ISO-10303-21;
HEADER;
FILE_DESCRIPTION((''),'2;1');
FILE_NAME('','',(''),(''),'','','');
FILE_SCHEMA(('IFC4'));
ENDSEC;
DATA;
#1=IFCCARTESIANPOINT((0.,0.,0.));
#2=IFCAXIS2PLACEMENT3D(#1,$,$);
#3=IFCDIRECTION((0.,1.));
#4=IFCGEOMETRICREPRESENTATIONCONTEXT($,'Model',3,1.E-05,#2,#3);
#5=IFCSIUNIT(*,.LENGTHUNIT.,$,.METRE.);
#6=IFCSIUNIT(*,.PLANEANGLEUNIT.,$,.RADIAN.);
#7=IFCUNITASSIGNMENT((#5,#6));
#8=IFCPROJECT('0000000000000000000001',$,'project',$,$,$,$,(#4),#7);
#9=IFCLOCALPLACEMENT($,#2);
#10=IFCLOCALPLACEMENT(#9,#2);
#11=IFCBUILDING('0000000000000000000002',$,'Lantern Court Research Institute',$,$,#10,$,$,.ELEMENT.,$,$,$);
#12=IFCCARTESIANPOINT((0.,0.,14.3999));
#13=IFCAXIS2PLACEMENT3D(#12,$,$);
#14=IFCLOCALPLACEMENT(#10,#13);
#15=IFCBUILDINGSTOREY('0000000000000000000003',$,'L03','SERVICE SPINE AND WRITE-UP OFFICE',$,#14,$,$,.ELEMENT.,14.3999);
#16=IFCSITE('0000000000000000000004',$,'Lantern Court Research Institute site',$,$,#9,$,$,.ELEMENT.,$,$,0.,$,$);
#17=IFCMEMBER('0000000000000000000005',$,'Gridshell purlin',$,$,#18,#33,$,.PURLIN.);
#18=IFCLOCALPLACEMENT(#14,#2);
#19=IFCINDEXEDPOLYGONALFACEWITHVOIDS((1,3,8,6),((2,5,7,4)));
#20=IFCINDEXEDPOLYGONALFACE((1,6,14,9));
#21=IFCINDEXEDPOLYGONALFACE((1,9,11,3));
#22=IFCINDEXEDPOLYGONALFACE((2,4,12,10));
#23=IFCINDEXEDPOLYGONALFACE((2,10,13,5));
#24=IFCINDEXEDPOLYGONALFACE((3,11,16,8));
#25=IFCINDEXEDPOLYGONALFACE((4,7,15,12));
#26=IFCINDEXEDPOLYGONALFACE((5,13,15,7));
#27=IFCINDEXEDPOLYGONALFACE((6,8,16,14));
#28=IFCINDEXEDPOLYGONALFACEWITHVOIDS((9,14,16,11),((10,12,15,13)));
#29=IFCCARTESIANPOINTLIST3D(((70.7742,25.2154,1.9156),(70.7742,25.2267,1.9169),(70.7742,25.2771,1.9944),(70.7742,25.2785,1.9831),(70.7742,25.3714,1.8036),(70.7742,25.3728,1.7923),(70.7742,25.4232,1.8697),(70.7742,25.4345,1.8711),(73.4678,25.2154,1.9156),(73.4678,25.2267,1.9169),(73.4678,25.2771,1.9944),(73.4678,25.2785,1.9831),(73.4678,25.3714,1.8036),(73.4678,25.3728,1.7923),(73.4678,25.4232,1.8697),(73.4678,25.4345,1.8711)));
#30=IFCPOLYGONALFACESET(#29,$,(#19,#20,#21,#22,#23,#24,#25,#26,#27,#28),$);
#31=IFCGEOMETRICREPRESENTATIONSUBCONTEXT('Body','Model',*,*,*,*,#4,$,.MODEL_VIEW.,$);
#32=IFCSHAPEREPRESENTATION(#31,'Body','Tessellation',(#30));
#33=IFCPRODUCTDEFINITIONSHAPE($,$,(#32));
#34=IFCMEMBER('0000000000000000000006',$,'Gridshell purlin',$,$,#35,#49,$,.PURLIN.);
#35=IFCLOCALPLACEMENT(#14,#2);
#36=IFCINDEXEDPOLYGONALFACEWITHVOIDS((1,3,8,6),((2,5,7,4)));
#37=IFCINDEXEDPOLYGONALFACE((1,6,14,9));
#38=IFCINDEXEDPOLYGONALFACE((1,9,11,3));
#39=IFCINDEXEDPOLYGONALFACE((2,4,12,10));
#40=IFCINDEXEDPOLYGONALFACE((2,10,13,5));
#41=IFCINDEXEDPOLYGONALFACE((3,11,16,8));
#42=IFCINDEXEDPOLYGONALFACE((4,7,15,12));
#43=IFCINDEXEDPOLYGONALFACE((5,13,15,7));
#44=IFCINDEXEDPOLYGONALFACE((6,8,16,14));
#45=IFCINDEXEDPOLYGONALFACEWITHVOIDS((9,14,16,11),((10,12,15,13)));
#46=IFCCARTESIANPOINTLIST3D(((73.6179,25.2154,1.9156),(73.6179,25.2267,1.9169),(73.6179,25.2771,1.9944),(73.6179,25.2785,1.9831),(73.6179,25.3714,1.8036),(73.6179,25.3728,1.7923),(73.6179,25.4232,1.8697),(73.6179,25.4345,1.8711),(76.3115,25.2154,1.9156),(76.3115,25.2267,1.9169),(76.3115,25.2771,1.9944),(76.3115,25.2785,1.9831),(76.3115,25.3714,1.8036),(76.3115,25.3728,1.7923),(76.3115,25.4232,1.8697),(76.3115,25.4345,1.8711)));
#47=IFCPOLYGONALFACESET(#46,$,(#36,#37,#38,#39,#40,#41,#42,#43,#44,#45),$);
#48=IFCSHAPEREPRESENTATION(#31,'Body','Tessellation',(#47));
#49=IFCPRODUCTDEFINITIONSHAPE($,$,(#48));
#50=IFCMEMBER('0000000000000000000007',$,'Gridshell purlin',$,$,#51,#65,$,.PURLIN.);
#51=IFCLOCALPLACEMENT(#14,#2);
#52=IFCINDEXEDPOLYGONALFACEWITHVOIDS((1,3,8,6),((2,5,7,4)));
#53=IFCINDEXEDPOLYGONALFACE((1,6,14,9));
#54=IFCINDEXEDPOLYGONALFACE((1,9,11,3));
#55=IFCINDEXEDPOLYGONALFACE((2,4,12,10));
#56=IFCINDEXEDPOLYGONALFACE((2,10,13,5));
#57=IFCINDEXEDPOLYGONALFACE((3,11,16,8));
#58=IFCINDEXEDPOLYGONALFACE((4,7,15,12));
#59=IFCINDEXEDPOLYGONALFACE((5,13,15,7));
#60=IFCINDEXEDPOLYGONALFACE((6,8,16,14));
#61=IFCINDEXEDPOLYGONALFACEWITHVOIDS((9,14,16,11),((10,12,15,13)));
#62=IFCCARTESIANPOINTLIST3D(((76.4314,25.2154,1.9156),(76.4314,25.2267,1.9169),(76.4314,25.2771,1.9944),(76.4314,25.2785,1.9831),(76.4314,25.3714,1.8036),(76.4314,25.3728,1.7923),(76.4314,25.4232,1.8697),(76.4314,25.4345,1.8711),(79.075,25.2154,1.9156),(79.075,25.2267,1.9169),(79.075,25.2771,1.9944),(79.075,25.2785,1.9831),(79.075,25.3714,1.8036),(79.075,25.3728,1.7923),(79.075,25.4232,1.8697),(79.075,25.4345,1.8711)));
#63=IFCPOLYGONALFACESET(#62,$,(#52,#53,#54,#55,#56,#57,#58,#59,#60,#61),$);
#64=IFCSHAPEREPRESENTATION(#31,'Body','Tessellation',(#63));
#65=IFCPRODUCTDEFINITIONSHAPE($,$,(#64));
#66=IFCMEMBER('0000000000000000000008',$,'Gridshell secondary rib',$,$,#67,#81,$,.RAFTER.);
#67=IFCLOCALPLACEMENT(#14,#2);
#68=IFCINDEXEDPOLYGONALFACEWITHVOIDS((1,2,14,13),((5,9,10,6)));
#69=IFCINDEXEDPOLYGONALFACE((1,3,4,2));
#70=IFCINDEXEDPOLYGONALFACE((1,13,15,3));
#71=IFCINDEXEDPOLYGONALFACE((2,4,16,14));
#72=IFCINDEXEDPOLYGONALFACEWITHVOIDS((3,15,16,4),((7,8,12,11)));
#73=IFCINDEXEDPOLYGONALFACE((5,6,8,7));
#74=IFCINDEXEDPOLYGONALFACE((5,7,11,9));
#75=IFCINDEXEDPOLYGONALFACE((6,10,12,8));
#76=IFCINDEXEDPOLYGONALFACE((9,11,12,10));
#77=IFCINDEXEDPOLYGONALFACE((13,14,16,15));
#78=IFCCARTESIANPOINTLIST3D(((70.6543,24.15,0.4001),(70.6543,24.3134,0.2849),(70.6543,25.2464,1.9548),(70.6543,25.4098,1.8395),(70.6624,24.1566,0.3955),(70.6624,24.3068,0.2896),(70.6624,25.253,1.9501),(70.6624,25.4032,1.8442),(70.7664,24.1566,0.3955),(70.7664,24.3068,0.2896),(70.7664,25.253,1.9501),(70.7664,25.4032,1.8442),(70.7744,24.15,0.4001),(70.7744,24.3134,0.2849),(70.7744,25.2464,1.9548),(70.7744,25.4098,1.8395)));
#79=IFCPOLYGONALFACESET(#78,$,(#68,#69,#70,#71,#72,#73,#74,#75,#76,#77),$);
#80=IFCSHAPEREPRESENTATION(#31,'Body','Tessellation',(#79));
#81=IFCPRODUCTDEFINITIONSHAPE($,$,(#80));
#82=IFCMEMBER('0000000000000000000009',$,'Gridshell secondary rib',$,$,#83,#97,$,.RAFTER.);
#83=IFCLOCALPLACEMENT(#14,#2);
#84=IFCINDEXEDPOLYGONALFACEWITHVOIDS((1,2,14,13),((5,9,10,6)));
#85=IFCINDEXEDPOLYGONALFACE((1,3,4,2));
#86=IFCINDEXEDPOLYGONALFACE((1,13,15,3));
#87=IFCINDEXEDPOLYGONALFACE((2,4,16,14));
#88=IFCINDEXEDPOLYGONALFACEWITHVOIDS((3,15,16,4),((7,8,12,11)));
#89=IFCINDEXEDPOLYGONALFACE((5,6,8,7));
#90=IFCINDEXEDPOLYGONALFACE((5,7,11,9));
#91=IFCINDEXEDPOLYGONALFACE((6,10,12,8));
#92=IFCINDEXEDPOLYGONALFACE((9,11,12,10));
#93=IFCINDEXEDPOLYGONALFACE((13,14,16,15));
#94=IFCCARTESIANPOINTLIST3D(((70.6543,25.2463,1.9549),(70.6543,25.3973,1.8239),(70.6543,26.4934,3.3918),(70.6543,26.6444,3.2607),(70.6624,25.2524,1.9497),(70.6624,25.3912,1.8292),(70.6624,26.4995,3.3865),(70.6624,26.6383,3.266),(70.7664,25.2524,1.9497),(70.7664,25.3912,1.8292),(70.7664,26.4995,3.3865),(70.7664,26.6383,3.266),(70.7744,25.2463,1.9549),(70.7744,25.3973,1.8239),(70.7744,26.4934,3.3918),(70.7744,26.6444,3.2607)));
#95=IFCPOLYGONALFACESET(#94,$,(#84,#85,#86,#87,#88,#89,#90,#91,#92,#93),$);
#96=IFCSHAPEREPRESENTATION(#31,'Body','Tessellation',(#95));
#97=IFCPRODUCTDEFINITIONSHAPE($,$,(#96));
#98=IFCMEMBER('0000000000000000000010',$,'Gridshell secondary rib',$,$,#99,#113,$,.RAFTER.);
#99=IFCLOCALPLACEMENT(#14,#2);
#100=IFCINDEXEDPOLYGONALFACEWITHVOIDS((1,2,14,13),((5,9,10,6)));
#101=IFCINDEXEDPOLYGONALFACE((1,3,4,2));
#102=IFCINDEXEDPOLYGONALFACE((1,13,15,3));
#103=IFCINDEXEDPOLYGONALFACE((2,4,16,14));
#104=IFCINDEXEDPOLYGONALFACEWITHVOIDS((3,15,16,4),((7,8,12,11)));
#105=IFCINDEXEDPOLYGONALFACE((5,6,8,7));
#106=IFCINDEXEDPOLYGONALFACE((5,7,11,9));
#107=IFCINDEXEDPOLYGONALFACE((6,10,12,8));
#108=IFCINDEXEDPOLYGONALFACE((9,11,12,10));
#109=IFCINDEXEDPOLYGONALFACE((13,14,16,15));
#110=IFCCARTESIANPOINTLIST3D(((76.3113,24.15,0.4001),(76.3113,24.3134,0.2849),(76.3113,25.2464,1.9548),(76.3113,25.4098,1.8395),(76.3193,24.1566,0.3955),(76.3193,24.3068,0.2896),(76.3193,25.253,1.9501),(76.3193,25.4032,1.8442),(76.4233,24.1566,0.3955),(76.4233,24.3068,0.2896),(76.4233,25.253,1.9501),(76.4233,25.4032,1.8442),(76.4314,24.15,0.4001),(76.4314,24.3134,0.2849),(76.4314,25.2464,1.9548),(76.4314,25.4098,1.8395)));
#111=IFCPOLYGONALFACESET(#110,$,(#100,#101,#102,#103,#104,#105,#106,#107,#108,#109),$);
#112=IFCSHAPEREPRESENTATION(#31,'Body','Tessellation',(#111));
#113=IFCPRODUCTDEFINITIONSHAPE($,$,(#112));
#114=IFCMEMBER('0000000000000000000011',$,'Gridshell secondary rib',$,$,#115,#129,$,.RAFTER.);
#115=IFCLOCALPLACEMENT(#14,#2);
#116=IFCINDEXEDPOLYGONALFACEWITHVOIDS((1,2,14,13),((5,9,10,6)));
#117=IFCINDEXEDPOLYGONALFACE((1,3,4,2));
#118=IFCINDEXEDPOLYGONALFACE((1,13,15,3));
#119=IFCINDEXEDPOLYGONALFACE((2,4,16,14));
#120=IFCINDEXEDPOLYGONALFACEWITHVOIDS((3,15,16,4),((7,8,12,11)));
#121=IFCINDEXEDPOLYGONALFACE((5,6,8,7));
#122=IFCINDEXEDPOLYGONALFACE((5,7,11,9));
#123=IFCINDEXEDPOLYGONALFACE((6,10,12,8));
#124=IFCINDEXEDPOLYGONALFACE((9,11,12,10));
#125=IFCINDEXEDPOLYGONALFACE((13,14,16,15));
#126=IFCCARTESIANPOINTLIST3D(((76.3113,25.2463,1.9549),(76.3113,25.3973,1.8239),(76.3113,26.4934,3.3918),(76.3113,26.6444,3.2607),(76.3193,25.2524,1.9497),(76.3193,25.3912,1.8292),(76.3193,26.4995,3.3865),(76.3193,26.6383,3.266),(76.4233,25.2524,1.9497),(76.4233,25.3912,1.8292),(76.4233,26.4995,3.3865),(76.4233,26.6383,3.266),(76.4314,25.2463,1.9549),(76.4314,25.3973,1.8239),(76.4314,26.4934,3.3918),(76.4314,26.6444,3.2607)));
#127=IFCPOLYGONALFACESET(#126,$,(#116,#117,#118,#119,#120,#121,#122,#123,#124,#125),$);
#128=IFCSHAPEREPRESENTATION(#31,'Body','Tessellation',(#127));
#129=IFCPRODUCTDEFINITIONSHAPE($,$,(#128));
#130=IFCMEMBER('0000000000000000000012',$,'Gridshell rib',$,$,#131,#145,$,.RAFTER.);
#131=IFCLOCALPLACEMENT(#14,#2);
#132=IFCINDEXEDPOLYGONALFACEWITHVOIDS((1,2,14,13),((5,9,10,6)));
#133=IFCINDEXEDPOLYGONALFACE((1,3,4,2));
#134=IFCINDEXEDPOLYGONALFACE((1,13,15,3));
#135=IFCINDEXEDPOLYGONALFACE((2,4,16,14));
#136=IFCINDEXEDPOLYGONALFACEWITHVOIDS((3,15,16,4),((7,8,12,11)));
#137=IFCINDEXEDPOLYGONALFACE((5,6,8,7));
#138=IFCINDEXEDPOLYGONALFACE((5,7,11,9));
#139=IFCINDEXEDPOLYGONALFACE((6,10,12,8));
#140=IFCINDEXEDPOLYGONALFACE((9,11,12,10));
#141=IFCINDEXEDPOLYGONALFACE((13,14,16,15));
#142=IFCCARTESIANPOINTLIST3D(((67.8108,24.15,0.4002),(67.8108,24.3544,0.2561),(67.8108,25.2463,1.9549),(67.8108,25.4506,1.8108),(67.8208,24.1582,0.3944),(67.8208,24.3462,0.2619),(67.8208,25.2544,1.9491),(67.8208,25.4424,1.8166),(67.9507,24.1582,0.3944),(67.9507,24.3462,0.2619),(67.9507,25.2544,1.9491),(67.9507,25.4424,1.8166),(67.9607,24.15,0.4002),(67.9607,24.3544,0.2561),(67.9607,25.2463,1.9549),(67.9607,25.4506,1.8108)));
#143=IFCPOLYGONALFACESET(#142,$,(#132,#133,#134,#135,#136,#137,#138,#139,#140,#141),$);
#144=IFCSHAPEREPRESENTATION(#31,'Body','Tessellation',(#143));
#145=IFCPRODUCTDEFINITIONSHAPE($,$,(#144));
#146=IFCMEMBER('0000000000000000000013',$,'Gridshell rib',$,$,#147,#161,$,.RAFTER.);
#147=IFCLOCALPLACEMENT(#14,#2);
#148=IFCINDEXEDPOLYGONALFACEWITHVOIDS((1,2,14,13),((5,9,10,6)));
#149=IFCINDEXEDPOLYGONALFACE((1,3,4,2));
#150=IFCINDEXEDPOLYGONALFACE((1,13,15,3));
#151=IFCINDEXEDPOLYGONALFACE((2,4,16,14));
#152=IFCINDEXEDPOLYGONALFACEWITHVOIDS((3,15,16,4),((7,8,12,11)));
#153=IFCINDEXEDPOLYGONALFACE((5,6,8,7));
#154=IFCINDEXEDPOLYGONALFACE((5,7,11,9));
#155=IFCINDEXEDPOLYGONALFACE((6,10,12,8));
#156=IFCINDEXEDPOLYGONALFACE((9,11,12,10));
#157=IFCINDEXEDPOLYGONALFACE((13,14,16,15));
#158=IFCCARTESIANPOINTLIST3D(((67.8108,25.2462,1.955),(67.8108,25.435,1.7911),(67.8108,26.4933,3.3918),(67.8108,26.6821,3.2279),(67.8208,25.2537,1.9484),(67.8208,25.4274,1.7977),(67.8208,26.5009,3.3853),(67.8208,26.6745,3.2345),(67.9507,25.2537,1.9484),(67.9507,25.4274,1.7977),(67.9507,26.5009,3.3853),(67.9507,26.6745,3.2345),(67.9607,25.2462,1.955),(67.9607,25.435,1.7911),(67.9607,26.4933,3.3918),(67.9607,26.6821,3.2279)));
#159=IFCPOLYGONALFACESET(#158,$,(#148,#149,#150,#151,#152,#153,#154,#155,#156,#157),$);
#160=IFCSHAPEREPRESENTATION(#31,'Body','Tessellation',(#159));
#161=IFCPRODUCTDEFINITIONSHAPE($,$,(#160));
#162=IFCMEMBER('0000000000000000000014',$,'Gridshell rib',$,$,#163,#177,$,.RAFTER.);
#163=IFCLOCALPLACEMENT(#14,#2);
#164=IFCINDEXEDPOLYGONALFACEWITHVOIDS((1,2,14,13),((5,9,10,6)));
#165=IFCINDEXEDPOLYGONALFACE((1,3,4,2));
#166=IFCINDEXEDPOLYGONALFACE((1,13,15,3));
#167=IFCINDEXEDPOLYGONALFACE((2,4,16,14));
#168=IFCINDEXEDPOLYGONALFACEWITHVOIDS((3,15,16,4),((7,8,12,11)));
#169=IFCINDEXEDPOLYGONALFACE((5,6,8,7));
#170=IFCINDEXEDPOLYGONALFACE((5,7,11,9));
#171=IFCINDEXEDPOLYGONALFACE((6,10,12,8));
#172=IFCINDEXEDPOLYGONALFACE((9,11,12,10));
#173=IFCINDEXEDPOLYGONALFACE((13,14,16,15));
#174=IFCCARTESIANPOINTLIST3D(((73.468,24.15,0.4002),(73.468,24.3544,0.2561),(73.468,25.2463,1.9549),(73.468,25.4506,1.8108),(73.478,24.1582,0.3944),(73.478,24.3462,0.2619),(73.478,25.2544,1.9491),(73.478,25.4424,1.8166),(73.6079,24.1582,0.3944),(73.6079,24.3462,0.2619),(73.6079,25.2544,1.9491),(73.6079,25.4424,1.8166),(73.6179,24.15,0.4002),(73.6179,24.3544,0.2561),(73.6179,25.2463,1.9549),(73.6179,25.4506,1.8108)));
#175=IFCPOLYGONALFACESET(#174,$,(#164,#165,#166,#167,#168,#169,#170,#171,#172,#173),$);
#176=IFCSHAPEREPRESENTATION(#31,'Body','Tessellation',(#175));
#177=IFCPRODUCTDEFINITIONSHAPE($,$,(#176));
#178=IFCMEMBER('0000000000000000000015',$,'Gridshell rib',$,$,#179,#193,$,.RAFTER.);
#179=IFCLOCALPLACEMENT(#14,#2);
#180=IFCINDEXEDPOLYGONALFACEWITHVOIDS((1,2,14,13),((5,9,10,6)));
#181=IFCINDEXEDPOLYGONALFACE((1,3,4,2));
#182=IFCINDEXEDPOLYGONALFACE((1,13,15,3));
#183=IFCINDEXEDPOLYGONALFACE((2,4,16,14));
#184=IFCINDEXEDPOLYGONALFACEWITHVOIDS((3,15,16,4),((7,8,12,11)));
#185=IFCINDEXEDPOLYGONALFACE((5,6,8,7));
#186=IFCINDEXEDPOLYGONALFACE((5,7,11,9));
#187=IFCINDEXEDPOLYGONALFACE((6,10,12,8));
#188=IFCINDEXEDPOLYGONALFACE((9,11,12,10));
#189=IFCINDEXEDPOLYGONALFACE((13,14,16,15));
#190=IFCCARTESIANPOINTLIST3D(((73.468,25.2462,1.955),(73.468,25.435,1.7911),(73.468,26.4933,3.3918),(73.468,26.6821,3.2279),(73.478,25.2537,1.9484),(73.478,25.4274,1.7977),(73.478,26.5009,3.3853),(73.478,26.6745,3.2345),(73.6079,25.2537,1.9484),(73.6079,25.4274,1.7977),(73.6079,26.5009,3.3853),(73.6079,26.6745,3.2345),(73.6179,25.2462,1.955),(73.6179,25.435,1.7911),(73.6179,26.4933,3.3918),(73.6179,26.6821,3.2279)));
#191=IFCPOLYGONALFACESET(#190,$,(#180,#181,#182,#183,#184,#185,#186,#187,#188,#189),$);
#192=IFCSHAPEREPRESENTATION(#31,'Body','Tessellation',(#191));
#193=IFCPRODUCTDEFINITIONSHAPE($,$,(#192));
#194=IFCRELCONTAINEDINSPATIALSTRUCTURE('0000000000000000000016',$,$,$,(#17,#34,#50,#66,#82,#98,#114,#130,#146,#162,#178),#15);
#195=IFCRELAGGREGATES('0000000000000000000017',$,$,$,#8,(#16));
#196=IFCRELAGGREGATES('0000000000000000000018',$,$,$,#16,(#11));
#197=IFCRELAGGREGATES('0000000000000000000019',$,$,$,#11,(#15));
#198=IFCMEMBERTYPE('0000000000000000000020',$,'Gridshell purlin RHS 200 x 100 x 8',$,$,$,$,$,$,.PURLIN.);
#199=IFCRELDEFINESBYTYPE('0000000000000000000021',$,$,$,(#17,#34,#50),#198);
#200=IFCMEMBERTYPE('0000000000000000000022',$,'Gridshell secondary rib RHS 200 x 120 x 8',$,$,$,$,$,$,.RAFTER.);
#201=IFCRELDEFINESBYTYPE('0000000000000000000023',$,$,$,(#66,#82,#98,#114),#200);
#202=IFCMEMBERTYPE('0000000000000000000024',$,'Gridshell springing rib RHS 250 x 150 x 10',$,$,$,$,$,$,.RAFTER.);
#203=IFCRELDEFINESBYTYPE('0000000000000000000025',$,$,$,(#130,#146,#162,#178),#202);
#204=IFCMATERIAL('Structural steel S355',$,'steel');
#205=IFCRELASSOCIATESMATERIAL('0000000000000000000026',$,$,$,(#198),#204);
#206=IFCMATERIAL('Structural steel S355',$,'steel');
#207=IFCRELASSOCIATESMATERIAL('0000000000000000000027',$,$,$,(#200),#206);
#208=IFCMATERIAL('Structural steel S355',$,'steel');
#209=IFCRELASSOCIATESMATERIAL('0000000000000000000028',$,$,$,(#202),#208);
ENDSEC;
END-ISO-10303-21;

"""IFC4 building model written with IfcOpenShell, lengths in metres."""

from ifc_helpers import new_model, si_unit, direction, frame, origin, origin_2d, place, context, subcontext, project, spatial, hollow_rectangle, extrude, material, material_profile, profile_set, type_object, element, save


model = new_model("IFC4")

# Units and contexts
model_context = context("Model", 3, precision=1e-05, world=origin(), true_north=direction((0.0, 1.0)))
body_context = subcontext(model_context, "Body", "Model", "MODEL_VIEW")
ifc_project = project(units=[si_unit("LENGTHUNIT", "METRE"), si_unit("PLANEANGLEUNIT", "RADIAN")], contexts=[model_context])

# Site, building, storey
site_placement = place(None, origin())
site = spatial("IfcSite", under=ifc_project, at=site_placement, Name="Lantern Court Research Institute site", CompositionType="ELEMENT", RefElevation=0.0)
building_placement = place(site_placement, origin())
building = spatial("IfcBuilding", under=site, at=building_placement, Name="Lantern Court Research Institute", CompositionType="ELEMENT")
storey_placement = place(building_placement, frame((0.0, 0.0, 14.3999)))
storey = spatial("IfcBuildingStorey", under=building, at=storey_placement, Name="L03", Description="SERVICE SPINE AND WRITE-UP OFFICE", CompositionType="ELEMENT", Elevation=14.3999)

# Members
ifc_material_1 = material(Name="Structural steel S355", Category="steel")
ifc_material_profile_1 = material_profile(ifc_material_1, hollow_rectangle(XDim=0.1001, YDim=0.2, WallThickness=0.0081, at=origin_2d()), Name="Gridshell purlin RHS 200 x 100 x 8")
ifc_profile_set_1 = profile_set([ifc_material_profile_1], Name="Structural steel S355")
member_type_1 = type_object("IfcMemberType", Name="Gridshell purlin RHS 200 x 100 x 8", PredefinedType="PURLIN", material=ifc_profile_set_1)
for number, where, z_axis, x_axis, name in (
    (1, (70.7742, 25.325, 1.8933), (1.0, 0.0, 0.0), (0.0, 0.616657, 0.787232), "Gridshell purlin"),
    (2, (73.6179, 25.325, 1.8933), (1.0, 0.0, 0.0), (0.0, 0.616657, 0.787232), "Gridshell purlin"),
):
    element("IfcMember", number, at=place(storey_placement, frame(where, z_axis=z_axis, x_axis=x_axis)), inside=storey, type_object=member_type_1, Name=name, PredefinedType="PURLIN", context=body_context, shape_type="SweptSolid", body=[
        extrude(hollow_rectangle(XDim=0.1001, YDim=0.2, WallThickness=0.0081, at=origin_2d()), origin(), (0.0, 0.0, 1.0), 2.6936),
    ])
member_1_placement = place(storey_placement, frame((76.4314, 25.325, 1.8933), z_axis=(1.0, 0.0, 0.0), x_axis=(0.0, 0.616657, 0.787232)))
element("IfcMember", 3, at=member_1_placement, inside=storey, type_object=member_type_1, Name="Gridshell purlin", PredefinedType="PURLIN", context=body_context, shape_type="SweptSolid", body=[
    extrude(hollow_rectangle(XDim=0.1001, YDim=0.2, WallThickness=0.0081, at=origin_2d()), origin(), (0.0, 0.0, 1.0), 2.6436),
])
ifc_material_2 = material(Name="Structural steel S355", Category="steel")
ifc_material_profile_2 = material_profile(ifc_material_2, hollow_rectangle(XDim=0.1201, YDim=0.2, WallThickness=0.0081, at=origin_2d()), Name="Gridshell secondary rib RHS 200 x 120 x 8")
ifc_profile_set_2 = profile_set([ifc_material_profile_2], Name="Structural steel S355")
member_type_2 = type_object("IfcMemberType", Name="Gridshell secondary rib RHS 200 x 120 x 8", PredefinedType="RAFTER", material=ifc_profile_set_2)
member_2_placement = place(storey_placement, frame((70.7144, 24.2317, 0.3425), z_axis=(0.0, 0.576335, 0.817213), x_axis=(-1.0, 0.0, 0.0)))
element("IfcMember", 4, at=member_2_placement, inside=storey, type_object=member_type_2, Name="Gridshell secondary rib", PredefinedType="RAFTER", context=body_context, shape_type="SweptSolid", body=[
    extrude(hollow_rectangle(XDim=0.1201, YDim=0.2, WallThickness=0.0081, at=origin_2d()), origin(), (0.0, 0.0, 1.0), 1.9023),
])
member_3_placement = place(storey_placement, frame((70.7144, 25.3218, 1.8894), z_axis=(0.0, 0.655492, 0.755202), x_axis=(-1.0, 0.0, 0.0)))
element("IfcMember", 5, at=member_3_placement, inside=storey, type_object=member_type_2, Name="Gridshell secondary rib", PredefinedType="RAFTER", context=body_context, shape_type="SweptSolid", body=[
    extrude(hollow_rectangle(XDim=0.1201, YDim=0.2, WallThickness=0.0081, at=origin_2d()), origin(), (0.0, 0.0, 1.0), 1.9026),
])
member_4_placement = place(storey_placement, frame((76.3713, 24.2317, 0.3425), z_axis=(0.0, 0.576335, 0.817213), x_axis=(-1.0, 0.0, 0.0)))
element("IfcMember", 6, at=member_4_placement, inside=storey, type_object=member_type_2, Name="Gridshell secondary rib", PredefinedType="RAFTER", context=body_context, shape_type="SweptSolid", body=[
    extrude(hollow_rectangle(XDim=0.1201, YDim=0.2, WallThickness=0.0081, at=origin_2d()), origin(), (0.0, 0.0, 1.0), 1.9023),
])
member_5_placement = place(storey_placement, frame((76.3713, 25.3218, 1.8894), z_axis=(0.0, 0.655492, 0.755202), x_axis=(-1.0, 0.0, 0.0)))
element("IfcMember", 7, at=member_5_placement, inside=storey, type_object=member_type_2, Name="Gridshell secondary rib", PredefinedType="RAFTER", context=body_context, shape_type="SweptSolid", body=[
    extrude(hollow_rectangle(XDim=0.1201, YDim=0.2, WallThickness=0.0081, at=origin_2d()), origin(), (0.0, 0.0, 1.0), 1.9026),
])
ifc_material_3 = material(Name="Structural steel S355", Category="steel")
ifc_material_profile_3 = material_profile(ifc_material_3, hollow_rectangle(XDim=0.1499, YDim=0.25, WallThickness=0.01, at=origin_2d()), Name="Gridshell springing rib RHS 250 x 150 x 10")
ifc_profile_set_3 = profile_set([ifc_material_profile_3], Name="Structural steel S355")
member_type_3 = type_object("IfcMemberType", Name="Gridshell springing rib RHS 250 x 150 x 10", PredefinedType="RAFTER", material=ifc_profile_set_3)
member_6_placement = place(storey_placement, frame((67.8857, 24.2522, 0.3281), z_axis=(0.0, 0.57625, 0.817274), x_axis=(-1.0, 0.0, 0.0)))
element("IfcMember", 8, at=member_6_placement, inside=storey, type_object=member_type_3, Name="Gridshell rib", PredefinedType="RAFTER", context=body_context, shape_type="SweptSolid", body=[
    extrude(hollow_rectangle(XDim=0.1499, YDim=0.25, WallThickness=0.01, at=origin_2d()), origin(), (0.0, 0.0, 1.0), 1.9023),
])
member_7_placement = place(storey_placement, frame((67.8857, 25.3406, 1.873), z_axis=(0.0, 0.655492, 0.755202), x_axis=(-1.0, 0.0, 0.0)))
element("IfcMember", 9, at=member_7_placement, inside=storey, type_object=member_type_3, Name="Gridshell rib", PredefinedType="RAFTER", context=body_context, shape_type="SweptSolid", body=[
    extrude(hollow_rectangle(XDim=0.1499, YDim=0.25, WallThickness=0.01, at=origin_2d()), origin(), (0.0, 0.0, 1.0), 1.9026),
])
member_8_placement = place(storey_placement, frame((73.543, 24.2522, 0.3281), z_axis=(0.0, 0.57625, 0.817274), x_axis=(-1.0, 0.0, 0.0)))
element("IfcMember", 10, at=member_8_placement, inside=storey, type_object=member_type_3, Name="Gridshell rib", PredefinedType="RAFTER", context=body_context, shape_type="SweptSolid", body=[
    extrude(hollow_rectangle(XDim=0.1499, YDim=0.25, WallThickness=0.01, at=origin_2d()), origin(), (0.0, 0.0, 1.0), 1.9023),
])
member_9_placement = place(storey_placement, frame((73.543, 25.3406, 1.873), z_axis=(0.0, 0.655492, 0.755202), x_axis=(-1.0, 0.0, 0.0)))
element("IfcMember", 11, at=member_9_placement, inside=storey, type_object=member_type_3, Name="Gridshell rib", PredefinedType="RAFTER", context=body_context, shape_type="SweptSolid", body=[
    extrude(hollow_rectangle(XDim=0.1499, YDim=0.25, WallThickness=0.01, at=origin_2d()), origin(), (0.0, 0.0, 1.0), 1.9026),
])

save(model, "model.ifc")
